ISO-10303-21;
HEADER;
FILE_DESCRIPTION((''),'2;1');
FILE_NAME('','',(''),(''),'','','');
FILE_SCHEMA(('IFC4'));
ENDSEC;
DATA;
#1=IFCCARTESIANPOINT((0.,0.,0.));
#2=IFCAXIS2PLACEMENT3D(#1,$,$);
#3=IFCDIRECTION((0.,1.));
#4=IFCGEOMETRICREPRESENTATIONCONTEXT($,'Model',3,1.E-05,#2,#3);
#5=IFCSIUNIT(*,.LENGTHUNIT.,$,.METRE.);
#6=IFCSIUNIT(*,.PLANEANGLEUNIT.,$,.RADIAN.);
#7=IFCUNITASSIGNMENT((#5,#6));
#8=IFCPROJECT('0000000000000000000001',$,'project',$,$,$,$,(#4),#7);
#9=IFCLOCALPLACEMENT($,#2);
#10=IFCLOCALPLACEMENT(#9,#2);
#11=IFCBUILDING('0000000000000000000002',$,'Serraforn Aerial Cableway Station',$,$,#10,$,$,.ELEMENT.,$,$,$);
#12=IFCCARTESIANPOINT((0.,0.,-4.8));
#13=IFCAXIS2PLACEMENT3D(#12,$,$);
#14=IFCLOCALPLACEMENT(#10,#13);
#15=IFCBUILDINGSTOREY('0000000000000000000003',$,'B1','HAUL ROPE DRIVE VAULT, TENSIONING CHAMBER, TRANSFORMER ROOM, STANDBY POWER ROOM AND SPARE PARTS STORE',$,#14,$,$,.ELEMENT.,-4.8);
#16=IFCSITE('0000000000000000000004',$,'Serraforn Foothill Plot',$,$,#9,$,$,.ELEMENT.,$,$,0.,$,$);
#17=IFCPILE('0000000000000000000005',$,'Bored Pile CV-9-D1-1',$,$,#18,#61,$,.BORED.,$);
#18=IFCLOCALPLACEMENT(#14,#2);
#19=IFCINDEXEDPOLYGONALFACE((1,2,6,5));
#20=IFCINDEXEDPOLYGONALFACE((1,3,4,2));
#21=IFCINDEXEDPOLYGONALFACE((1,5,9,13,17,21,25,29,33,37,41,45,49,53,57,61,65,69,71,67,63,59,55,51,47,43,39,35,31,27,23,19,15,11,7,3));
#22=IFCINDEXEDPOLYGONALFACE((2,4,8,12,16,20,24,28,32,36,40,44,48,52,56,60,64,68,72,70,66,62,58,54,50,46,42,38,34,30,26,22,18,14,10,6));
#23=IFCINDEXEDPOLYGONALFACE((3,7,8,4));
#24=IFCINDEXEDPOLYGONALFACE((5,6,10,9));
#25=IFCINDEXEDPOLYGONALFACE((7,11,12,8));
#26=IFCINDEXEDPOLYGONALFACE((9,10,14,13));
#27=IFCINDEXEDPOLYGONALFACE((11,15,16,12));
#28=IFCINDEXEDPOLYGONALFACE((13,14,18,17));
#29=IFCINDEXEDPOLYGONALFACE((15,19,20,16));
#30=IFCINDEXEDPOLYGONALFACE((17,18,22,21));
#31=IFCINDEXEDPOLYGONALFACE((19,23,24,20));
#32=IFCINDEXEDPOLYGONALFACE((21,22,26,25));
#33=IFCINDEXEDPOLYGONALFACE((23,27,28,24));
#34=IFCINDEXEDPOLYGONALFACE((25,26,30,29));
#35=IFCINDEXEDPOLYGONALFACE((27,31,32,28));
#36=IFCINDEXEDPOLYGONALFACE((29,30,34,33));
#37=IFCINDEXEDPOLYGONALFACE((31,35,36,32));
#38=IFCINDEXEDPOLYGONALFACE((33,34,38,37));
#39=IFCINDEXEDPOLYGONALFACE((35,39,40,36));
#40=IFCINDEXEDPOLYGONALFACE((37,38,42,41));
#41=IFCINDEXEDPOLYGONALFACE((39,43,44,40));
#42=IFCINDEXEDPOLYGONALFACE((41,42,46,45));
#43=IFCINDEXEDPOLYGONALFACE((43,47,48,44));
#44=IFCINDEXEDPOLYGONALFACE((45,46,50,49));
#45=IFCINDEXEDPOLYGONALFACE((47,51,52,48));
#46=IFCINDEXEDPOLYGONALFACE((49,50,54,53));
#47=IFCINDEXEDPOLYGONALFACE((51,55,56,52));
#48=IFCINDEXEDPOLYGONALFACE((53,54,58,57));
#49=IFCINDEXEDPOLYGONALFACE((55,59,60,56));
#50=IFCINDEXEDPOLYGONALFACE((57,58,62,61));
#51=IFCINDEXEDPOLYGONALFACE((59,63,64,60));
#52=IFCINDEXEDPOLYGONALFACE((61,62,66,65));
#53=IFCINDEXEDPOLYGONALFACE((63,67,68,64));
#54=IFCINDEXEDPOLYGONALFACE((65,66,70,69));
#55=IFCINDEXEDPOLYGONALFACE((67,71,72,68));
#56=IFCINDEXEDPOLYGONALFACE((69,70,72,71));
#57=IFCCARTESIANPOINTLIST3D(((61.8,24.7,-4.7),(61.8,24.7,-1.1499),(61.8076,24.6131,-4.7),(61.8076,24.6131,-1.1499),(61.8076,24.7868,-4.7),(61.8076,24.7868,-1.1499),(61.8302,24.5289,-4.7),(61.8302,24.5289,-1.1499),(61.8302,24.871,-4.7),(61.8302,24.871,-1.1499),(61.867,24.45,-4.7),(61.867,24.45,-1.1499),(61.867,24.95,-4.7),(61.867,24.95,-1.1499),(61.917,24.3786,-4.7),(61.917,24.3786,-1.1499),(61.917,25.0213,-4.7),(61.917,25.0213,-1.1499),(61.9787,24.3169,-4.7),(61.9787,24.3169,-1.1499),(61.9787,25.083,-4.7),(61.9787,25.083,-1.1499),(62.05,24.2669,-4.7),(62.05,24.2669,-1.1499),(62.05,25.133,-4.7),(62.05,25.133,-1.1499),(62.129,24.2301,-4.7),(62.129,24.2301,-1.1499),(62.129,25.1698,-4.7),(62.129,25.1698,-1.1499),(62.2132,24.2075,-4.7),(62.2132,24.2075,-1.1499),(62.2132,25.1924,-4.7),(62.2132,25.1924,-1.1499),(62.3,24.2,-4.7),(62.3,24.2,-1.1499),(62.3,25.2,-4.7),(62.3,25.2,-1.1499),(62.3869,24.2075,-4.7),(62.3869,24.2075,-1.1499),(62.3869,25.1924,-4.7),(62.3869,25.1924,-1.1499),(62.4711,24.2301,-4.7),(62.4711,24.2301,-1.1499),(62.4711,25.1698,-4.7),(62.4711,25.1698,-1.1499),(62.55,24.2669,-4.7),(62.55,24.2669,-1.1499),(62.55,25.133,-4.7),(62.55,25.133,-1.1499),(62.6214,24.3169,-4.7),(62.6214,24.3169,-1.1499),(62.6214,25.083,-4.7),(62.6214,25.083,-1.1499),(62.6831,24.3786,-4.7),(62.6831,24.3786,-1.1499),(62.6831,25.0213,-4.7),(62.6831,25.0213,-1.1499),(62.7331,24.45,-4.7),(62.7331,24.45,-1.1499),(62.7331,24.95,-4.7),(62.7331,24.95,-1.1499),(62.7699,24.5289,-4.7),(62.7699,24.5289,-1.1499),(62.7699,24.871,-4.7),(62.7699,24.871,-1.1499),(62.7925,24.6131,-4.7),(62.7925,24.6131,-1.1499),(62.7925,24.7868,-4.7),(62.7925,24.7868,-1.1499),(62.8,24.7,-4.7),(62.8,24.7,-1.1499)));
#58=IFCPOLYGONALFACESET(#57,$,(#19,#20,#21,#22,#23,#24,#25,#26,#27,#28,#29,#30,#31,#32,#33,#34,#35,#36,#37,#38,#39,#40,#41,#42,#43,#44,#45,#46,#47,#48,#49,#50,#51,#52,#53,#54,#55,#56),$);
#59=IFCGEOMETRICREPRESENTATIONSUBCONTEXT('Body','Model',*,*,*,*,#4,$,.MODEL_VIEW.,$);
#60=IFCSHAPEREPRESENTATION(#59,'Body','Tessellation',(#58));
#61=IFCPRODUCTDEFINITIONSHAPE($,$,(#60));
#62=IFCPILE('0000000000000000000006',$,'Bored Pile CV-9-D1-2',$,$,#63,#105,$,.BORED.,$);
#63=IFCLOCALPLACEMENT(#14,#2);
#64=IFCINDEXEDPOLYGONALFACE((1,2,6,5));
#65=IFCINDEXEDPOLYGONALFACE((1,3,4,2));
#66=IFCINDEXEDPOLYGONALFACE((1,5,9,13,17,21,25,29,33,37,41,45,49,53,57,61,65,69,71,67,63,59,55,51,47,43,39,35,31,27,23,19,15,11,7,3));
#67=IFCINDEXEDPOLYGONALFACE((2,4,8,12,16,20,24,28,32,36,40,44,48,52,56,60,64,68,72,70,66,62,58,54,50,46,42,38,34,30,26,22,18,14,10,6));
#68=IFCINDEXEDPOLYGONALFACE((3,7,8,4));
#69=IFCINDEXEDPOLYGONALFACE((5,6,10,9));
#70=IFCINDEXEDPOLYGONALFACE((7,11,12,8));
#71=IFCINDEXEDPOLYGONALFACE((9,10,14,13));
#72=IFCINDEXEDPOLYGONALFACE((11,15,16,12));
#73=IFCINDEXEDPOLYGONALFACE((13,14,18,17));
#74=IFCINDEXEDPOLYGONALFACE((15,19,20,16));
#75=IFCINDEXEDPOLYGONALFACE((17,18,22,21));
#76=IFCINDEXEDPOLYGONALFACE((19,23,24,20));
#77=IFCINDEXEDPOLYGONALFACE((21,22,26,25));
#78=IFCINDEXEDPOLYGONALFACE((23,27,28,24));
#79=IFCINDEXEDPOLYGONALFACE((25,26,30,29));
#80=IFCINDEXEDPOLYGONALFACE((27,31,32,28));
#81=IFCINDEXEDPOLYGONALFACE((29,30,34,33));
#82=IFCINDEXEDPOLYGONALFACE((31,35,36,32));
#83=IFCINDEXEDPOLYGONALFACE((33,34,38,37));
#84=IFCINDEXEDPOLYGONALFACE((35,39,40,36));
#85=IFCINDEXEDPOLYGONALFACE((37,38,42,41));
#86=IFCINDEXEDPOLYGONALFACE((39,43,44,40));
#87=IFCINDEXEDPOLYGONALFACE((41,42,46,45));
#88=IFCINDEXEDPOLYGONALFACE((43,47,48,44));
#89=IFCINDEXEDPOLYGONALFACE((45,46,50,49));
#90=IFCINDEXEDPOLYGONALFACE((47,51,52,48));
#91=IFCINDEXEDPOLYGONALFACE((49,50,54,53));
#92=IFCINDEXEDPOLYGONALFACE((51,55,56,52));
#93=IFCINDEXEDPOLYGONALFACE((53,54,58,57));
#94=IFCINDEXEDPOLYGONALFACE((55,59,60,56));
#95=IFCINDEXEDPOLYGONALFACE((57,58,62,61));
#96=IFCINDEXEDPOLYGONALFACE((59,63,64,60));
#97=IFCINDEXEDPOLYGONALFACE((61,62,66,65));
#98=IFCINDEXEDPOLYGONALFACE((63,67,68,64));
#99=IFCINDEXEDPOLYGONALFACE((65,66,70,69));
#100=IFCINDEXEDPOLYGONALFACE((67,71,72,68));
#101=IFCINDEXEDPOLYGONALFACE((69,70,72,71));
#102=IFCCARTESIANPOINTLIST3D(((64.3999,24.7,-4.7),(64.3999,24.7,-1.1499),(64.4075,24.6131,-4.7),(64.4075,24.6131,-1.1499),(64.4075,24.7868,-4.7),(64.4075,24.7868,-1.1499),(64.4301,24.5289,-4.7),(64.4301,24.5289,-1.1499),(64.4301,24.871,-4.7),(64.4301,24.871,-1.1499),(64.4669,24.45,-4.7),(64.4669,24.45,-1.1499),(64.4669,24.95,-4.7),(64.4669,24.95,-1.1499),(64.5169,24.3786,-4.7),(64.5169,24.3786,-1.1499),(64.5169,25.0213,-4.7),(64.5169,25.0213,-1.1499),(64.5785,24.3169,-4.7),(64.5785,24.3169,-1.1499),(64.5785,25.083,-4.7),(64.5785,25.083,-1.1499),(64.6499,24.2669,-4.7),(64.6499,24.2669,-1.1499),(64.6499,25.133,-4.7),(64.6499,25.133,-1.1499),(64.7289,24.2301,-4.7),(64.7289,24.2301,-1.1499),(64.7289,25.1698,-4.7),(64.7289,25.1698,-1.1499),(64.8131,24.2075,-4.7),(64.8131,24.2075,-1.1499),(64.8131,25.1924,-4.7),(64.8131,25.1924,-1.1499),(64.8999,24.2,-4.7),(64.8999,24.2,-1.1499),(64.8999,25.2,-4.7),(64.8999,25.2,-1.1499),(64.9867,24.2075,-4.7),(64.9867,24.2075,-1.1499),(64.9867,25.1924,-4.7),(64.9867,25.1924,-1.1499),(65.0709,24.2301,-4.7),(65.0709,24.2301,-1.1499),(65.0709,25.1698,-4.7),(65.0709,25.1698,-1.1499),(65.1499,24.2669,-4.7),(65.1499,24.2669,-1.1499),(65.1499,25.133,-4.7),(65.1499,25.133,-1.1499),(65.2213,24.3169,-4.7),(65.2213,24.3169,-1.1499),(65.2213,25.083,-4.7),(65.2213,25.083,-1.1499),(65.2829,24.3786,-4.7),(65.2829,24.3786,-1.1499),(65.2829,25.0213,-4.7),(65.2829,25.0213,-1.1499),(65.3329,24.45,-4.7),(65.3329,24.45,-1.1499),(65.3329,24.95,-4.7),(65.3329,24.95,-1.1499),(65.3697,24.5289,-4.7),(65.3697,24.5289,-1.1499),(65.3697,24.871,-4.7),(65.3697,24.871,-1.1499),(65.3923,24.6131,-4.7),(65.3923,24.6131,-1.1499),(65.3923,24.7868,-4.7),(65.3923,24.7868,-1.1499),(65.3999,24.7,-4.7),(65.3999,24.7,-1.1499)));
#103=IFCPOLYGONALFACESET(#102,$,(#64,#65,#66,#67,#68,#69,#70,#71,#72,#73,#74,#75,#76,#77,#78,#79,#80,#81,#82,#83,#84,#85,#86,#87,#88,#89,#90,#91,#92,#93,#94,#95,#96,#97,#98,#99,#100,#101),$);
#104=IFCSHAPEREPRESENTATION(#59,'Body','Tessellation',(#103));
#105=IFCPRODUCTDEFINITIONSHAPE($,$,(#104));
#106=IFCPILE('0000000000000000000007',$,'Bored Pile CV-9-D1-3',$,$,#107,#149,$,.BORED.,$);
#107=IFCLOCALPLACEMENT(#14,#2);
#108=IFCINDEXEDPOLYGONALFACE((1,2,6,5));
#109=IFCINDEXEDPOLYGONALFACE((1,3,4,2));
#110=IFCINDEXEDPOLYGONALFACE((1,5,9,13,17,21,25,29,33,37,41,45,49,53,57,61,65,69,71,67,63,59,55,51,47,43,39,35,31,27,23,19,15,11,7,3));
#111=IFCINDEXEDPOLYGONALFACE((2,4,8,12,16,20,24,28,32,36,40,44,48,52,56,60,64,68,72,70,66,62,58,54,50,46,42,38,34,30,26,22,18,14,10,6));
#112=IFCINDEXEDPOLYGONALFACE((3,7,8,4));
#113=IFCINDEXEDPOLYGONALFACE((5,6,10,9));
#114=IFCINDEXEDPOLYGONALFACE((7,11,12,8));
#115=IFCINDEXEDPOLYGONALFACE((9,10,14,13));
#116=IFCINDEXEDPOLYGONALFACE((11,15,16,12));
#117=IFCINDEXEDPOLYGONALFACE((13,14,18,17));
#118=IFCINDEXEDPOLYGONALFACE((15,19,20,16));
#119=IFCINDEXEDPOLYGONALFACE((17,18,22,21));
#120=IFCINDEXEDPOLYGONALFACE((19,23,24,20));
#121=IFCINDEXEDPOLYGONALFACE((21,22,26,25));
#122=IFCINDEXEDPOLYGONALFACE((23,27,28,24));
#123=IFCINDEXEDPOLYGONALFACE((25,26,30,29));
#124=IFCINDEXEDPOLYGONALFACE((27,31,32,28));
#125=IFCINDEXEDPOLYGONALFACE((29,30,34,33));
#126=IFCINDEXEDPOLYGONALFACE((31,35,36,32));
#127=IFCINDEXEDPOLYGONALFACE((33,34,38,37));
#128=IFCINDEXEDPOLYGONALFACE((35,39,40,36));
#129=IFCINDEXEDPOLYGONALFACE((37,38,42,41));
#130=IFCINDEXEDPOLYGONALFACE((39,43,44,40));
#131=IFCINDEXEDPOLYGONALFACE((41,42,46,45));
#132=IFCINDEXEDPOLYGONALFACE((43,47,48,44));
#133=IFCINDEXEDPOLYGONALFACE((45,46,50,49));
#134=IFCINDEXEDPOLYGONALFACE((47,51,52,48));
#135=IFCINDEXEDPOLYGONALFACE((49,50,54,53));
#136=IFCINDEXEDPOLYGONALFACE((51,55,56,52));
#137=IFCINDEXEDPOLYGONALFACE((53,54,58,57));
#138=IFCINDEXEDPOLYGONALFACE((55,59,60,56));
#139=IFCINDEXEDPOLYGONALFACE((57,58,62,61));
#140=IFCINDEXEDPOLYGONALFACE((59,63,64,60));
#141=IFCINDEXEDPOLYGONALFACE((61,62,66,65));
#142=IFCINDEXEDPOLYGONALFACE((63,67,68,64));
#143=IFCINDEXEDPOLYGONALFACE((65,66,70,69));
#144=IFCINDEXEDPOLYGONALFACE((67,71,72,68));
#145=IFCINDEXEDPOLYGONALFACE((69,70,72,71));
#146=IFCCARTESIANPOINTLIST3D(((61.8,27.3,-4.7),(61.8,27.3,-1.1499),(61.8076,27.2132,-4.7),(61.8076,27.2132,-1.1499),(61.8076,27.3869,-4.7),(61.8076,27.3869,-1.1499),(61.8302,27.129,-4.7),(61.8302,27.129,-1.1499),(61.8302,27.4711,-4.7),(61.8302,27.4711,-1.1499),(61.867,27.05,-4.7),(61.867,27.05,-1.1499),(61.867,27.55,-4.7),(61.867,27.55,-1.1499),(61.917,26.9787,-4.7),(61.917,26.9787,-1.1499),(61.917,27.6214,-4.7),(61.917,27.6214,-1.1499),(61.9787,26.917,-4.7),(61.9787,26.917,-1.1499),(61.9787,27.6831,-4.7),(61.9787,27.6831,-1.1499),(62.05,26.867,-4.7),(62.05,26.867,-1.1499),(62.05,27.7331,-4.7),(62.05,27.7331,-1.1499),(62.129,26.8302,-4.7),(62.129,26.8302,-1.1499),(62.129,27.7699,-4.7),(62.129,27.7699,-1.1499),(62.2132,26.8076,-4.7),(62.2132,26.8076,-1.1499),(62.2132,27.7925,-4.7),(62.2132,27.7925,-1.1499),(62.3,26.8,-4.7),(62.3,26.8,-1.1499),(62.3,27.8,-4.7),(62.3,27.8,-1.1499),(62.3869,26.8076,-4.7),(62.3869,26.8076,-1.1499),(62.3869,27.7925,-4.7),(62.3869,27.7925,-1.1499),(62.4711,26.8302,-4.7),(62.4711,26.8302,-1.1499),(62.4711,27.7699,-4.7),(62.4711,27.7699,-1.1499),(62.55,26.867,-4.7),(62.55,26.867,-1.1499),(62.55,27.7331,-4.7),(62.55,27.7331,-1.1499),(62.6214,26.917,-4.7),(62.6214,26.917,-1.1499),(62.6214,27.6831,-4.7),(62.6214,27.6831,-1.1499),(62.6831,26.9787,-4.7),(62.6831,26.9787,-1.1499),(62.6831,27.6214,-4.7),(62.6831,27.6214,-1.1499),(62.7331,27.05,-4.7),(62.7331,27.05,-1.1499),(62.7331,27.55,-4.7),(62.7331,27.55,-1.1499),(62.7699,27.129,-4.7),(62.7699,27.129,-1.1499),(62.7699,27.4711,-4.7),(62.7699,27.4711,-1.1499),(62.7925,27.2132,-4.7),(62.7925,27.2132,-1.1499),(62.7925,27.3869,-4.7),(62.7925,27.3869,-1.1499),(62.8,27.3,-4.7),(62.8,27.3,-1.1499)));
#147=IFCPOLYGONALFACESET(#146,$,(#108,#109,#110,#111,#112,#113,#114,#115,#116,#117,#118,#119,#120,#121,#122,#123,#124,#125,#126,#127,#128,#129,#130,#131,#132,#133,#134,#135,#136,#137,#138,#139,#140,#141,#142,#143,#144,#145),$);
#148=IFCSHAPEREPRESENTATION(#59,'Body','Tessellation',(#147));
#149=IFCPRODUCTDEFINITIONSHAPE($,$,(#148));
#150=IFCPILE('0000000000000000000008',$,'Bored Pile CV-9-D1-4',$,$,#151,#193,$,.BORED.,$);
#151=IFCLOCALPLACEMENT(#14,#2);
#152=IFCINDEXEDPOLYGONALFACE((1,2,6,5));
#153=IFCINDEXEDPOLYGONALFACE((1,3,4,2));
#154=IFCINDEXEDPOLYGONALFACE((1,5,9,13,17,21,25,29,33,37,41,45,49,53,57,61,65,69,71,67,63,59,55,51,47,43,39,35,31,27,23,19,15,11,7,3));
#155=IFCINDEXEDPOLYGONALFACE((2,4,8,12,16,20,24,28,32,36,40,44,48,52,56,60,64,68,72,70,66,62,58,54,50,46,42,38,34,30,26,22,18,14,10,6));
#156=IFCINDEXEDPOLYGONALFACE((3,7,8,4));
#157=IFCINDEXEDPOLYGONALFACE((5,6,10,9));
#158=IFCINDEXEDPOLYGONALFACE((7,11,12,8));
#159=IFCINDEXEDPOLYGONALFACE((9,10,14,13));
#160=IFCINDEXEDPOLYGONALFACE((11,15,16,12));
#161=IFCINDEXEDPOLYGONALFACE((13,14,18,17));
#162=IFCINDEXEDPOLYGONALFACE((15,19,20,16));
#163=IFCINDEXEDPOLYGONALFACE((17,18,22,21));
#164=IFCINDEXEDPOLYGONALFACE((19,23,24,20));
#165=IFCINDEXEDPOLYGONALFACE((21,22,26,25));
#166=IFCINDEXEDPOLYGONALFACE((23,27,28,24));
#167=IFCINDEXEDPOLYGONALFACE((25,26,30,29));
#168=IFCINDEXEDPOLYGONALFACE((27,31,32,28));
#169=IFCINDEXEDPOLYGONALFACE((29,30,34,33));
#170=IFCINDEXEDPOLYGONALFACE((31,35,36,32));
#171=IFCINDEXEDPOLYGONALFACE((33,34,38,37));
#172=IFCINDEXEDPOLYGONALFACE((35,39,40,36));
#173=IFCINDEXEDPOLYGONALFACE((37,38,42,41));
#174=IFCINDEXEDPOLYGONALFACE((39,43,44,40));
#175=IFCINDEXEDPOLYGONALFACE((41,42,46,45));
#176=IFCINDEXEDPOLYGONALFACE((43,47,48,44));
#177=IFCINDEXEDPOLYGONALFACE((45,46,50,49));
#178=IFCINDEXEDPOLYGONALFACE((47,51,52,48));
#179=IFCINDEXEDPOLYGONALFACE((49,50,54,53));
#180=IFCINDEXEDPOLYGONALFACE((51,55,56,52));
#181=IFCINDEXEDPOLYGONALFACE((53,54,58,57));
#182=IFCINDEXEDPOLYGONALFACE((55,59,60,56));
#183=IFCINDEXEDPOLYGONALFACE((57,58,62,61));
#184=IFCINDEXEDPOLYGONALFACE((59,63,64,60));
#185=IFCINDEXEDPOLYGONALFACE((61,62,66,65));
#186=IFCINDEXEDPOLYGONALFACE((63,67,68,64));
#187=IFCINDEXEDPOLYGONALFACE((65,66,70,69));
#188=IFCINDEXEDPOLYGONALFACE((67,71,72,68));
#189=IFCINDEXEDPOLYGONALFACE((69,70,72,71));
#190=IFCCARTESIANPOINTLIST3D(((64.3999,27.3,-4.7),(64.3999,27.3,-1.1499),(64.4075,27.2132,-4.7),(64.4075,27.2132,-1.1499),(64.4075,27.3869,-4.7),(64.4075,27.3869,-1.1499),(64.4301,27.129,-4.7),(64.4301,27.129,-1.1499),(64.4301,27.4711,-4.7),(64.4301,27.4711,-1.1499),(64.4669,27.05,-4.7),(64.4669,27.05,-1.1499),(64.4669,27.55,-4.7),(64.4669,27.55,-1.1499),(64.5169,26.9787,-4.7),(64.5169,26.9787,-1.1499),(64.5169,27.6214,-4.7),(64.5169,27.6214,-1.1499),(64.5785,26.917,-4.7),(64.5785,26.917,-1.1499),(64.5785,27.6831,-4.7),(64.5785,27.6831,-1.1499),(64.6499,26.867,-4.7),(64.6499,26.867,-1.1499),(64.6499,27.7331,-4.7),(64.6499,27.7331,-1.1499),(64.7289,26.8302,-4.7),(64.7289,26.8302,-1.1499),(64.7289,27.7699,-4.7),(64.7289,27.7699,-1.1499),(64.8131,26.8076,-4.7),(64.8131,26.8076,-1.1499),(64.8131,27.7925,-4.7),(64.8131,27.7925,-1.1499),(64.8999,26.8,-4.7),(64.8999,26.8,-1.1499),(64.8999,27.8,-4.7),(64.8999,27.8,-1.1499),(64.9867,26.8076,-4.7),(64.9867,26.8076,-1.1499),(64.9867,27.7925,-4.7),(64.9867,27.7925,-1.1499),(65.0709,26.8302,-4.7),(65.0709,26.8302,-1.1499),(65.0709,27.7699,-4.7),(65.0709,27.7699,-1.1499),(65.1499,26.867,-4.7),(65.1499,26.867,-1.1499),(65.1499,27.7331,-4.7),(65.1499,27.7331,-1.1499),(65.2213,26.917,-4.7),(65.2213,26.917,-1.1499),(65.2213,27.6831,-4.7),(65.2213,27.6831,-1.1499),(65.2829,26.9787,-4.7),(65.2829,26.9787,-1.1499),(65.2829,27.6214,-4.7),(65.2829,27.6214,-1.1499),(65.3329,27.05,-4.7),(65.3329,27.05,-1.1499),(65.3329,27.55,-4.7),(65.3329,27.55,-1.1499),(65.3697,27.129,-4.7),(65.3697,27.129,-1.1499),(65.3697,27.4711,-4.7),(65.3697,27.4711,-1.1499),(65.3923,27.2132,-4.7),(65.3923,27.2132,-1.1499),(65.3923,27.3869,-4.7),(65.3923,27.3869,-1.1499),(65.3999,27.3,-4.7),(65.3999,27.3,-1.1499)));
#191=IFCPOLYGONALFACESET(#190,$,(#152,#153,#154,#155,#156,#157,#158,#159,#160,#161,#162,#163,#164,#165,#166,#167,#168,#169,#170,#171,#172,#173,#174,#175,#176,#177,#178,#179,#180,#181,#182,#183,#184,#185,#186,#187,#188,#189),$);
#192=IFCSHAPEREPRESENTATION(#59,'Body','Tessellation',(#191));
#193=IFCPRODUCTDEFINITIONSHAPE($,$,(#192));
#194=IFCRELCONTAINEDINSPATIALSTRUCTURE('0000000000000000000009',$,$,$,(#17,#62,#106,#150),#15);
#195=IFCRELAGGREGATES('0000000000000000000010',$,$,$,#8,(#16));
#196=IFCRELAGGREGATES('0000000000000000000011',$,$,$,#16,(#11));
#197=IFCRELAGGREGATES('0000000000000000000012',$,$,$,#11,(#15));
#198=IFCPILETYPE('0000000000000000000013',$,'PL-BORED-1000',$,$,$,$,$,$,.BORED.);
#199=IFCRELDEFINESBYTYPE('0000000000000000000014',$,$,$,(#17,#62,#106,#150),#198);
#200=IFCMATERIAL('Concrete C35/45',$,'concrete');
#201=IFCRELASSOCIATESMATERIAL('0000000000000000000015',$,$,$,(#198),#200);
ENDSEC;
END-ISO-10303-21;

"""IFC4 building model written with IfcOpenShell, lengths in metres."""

from ifc_helpers import new_model, si_unit, direction, frame, origin, origin_2d, place, context, subcontext, project, spatial, circle, extrude, material, material_profile, profile_set, type_object, element, save


model = new_model("IFC4")

# Units and contexts
model_context = context("Model", 3, precision=1e-05, world=origin(), true_north=direction((0.0, 1.0)))
body_context = subcontext(model_context, "Body", "Model", "MODEL_VIEW")
ifc_project = project(units=[si_unit("LENGTHUNIT", "METRE"), si_unit("PLANEANGLEUNIT", "RADIAN")], contexts=[model_context])

# Site, building, storey
site_placement = place(None, origin())
site = spatial("IfcSite", under=ifc_project, at=site_placement, Name="Serraforn Foothill Plot", CompositionType="ELEMENT", RefElevation=0.0)
building_placement = place(site_placement, origin())
building = spatial("IfcBuilding", under=site, at=building_placement, Name="Serraforn Aerial Cableway Station", CompositionType="ELEMENT")
storey_placement = place(building_placement, frame((0.0, 0.0, -4.8)))
storey = spatial("IfcBuildingStorey", under=building, at=storey_placement, Name="B1", Description="HAUL ROPE DRIVE VAULT, TENSIONING CHAMBER, TRANSFORMER ROOM, STANDBY POWER ROOM AND SPARE PARTS STORE", CompositionType="ELEMENT", Elevation=-4.8)

# Piles
ifc_material_1 = material(Name="Concrete C35/45", Category="concrete")
ifc_material_profile_1 = material_profile(ifc_material_1, circle(Radius=0.5, at=origin_2d()), Name="BORED PILE D1000")
ifc_profile_set_1 = profile_set([ifc_material_profile_1], Name="Concrete C35/45")
pile_type = type_object("IfcPileType", Name="PL-BORED-1000", PredefinedType="BORED", material=ifc_profile_set_1)
for number, where, z_axis, x_axis, name in (
    (1, (62.3, 24.7, -1.1499), (0.0, 0.0, -1.0), (1.0, 0.0, 0.0), "Bored Pile CV-9-D1-1"),
    (2, (64.8999, 24.7, -1.1499), (0.0, 0.0, -1.0), (1.0, 0.0, 0.0), "Bored Pile CV-9-D1-2"),
    (3, (62.3, 27.3, -1.1499), (0.0, 0.0, -1.0), (1.0, 0.0, 0.0), "Bored Pile CV-9-D1-3"),
    (4, (64.8999, 27.3, -1.1499), (0.0, 0.0, -1.0), (1.0, 0.0, 0.0), "Bored Pile CV-9-D1-4"),
):
    element("IfcPile", number, at=place(storey_placement, frame(where, z_axis=z_axis, x_axis=x_axis)), inside=storey, type_object=pile_type, Name=name, PredefinedType="BORED", context=body_context, shape_type="SweptSolid", body=[
        extrude(circle(Radius=0.5, at=origin_2d()), origin(), (0.0, 0.0, 1.0), 3.55),
    ])

save(model, "model.ifc")
